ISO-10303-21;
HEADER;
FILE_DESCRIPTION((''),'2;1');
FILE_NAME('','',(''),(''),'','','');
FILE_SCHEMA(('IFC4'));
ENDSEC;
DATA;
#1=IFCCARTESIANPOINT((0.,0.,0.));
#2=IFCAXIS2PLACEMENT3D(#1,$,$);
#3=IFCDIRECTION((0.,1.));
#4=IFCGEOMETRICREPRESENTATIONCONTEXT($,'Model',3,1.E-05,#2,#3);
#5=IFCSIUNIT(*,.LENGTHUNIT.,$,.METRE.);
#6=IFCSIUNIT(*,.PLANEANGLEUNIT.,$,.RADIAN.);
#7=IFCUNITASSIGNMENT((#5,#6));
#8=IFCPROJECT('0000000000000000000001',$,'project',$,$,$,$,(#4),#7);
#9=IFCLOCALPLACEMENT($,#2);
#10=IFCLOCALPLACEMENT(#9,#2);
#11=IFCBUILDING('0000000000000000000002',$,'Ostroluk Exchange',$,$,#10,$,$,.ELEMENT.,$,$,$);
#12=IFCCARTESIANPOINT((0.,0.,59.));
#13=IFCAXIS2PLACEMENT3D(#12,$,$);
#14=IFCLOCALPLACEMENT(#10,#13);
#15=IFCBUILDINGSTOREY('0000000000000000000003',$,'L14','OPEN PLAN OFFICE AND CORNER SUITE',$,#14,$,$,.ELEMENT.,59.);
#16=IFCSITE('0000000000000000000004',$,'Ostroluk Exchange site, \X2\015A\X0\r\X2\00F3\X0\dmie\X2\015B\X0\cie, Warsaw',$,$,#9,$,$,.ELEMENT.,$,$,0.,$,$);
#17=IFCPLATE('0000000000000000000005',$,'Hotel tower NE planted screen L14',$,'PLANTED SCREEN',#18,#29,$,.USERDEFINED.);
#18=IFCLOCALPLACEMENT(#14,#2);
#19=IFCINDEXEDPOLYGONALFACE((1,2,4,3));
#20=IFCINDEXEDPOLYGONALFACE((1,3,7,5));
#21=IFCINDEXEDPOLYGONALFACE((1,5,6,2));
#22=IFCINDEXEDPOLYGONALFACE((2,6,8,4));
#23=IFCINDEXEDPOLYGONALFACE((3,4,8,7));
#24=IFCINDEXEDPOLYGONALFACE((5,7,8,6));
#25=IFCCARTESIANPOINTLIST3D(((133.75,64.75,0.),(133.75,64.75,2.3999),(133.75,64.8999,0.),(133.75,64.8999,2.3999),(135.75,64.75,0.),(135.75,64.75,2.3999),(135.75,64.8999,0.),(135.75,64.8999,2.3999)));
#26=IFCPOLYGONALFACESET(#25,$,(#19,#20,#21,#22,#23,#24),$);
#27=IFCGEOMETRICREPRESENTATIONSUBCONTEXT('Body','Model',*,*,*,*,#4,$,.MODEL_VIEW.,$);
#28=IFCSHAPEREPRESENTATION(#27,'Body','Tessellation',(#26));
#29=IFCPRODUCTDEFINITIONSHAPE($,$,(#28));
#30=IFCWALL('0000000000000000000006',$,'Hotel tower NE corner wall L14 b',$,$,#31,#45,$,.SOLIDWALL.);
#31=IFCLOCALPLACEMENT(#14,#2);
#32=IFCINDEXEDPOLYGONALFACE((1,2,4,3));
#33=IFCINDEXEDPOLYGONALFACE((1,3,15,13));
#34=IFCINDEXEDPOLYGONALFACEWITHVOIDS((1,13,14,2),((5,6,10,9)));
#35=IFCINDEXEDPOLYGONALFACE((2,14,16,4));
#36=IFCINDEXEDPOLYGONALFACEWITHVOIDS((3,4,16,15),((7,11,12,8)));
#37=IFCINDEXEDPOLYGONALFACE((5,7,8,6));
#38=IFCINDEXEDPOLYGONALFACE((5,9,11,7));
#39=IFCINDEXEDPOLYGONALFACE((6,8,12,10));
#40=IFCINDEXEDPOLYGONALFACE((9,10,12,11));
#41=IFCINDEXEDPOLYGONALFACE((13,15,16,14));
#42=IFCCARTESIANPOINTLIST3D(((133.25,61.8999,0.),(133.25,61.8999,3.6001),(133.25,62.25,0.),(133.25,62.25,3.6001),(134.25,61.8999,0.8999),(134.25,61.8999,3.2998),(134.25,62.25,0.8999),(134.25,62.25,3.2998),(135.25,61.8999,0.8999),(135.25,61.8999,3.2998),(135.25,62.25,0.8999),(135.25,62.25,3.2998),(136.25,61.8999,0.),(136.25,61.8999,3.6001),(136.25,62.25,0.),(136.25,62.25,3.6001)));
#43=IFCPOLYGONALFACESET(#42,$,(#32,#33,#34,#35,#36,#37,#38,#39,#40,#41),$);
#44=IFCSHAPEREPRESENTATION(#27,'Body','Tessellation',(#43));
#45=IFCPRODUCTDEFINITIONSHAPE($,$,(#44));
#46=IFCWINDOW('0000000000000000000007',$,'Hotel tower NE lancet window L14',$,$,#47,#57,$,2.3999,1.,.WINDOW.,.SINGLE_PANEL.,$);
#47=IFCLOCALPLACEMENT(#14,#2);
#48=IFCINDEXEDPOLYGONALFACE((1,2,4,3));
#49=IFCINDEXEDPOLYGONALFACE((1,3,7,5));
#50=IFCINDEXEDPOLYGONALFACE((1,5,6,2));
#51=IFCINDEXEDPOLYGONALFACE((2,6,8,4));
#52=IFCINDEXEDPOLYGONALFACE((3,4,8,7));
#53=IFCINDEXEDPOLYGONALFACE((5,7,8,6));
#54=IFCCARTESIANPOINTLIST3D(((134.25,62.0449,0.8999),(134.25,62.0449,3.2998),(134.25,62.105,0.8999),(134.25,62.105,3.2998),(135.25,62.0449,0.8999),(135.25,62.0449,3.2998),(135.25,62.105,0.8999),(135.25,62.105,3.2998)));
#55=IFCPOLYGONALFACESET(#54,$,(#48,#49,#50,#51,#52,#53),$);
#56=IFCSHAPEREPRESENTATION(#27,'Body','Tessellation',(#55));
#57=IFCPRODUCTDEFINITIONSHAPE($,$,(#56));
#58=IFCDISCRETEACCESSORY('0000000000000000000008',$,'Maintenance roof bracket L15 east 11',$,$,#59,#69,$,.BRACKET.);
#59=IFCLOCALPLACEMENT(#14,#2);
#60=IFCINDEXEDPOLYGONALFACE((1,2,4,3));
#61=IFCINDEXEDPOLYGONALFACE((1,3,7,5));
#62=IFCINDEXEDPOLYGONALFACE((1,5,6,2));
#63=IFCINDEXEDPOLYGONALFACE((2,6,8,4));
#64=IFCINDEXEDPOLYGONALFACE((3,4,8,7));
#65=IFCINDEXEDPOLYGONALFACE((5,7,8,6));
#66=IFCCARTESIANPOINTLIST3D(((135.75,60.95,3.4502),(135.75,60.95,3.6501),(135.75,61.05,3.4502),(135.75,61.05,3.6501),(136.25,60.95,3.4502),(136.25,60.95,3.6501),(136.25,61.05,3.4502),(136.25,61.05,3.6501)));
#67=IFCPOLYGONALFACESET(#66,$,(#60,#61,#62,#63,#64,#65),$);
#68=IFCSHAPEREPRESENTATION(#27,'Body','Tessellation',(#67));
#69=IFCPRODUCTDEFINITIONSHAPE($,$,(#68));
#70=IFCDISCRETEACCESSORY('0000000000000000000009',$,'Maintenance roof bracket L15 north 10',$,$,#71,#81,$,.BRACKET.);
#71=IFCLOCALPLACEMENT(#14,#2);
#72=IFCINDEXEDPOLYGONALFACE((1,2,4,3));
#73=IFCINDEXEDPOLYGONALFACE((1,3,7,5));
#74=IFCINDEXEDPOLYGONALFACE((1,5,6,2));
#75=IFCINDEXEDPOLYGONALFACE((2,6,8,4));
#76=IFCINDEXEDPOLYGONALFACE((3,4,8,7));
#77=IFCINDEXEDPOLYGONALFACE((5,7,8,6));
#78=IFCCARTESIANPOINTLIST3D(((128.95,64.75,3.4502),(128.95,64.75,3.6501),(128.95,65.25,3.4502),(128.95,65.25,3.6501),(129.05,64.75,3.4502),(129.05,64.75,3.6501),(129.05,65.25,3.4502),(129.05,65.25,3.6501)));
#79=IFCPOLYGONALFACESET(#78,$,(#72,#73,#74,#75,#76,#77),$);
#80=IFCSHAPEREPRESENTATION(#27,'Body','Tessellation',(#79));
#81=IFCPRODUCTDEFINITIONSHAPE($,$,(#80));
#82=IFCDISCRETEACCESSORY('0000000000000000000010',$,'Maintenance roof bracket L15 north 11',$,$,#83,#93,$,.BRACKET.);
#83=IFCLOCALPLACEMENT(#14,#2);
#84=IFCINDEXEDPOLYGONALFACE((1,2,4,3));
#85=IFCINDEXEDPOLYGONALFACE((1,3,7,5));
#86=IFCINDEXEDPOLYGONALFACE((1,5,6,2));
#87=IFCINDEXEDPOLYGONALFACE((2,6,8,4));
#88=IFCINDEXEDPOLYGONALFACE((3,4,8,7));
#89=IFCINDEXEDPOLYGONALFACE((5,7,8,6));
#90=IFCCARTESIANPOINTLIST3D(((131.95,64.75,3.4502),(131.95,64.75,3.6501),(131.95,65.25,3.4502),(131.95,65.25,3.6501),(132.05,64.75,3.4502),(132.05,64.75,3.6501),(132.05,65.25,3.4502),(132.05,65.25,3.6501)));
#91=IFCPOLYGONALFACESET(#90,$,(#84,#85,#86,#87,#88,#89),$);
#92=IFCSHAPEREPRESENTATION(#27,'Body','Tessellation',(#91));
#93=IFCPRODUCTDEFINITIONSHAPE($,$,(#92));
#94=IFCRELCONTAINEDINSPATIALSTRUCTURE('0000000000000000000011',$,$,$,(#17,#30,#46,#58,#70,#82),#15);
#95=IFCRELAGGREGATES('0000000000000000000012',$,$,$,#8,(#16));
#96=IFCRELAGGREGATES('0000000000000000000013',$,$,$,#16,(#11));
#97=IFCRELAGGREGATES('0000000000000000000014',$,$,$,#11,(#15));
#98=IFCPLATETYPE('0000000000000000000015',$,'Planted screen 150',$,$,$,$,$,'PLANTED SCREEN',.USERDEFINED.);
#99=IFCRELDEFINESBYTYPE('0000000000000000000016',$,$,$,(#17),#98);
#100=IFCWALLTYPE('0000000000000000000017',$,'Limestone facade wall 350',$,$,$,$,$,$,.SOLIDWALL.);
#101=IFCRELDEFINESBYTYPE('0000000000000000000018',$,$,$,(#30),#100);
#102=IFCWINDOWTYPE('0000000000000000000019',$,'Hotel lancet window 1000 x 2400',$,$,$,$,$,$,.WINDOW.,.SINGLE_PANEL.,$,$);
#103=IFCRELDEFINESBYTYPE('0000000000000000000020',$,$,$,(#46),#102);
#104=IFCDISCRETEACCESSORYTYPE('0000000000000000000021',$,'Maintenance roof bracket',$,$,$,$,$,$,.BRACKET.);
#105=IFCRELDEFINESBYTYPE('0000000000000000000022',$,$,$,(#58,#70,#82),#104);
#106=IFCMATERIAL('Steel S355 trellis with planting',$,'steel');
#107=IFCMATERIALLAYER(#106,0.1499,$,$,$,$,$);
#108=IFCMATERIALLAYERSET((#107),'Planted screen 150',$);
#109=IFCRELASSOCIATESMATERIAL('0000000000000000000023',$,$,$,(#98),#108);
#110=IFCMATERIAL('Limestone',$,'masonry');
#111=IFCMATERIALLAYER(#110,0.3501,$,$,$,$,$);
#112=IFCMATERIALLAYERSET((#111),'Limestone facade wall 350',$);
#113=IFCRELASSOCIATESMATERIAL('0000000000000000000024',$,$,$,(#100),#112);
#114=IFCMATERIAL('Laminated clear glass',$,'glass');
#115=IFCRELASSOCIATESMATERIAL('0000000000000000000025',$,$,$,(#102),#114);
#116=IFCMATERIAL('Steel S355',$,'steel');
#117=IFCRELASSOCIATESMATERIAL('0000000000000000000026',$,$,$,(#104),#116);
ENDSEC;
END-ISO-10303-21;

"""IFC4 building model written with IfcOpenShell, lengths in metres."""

from ifc_helpers import new_model, si_unit, direction, frame, frame_2d, origin, origin_2d, place, context, subcontext, project, spatial, rectangle, extrude, material, layer, layer_set, type_object, element, fill, save


model = new_model("IFC4")

# Units and contexts
model_context = context("Model", 3, precision=1e-05, world=origin(), true_north=direction((0.0, 1.0)))
body_context = subcontext(model_context, "Body", "Model", "MODEL_VIEW")
ifc_project = project(units=[si_unit("LENGTHUNIT", "METRE"), si_unit("PLANEANGLEUNIT", "RADIAN")], contexts=[model_context])

# Site, building, storey
site_placement = place(None, origin())
site = spatial("IfcSite", under=ifc_project, at=site_placement, Name="Ostroluk Exchange site, Śródmieście, Warsaw", CompositionType="ELEMENT", RefElevation=0.0)
building_placement = place(site_placement, origin())
building = spatial("IfcBuilding", under=site, at=building_placement, Name="Ostroluk Exchange", CompositionType="ELEMENT")
storey_placement = place(building_placement, frame((0.0, 0.0, 59.0)))
storey = spatial("IfcBuildingStorey", under=building, at=storey_placement, Name="L14", Description="OPEN PLAN OFFICE AND CORNER SUITE", CompositionType="ELEMENT", Elevation=59.0)

# Plate
ifc_material_1 = material(Name="Steel S355 trellis with planting", Category="steel")
ifc_layer_1 = layer(ifc_material_1, 0.1499)
ifc_layer_set_1 = layer_set([ifc_layer_1], Name="Planted screen 150")
plate_type_1 = type_object("IfcPlateType", Name="Planted screen 150", ElementType="PLANTED SCREEN", PredefinedType="USERDEFINED", material=ifc_layer_set_1)
plate_1_placement = place(storey_placement, frame((134.75, 64.825, 0.0), z_axis=(0.0, 0.0, 1.0), x_axis=(1.0, 0.0, 0.0)))
element("IfcPlate", 1, at=plate_1_placement, inside=storey, type_object=plate_type_1, Name="Hotel tower NE planted screen L14", ObjectType="PLANTED SCREEN", PredefinedType="USERDEFINED", context=body_context, shape_type="SweptSolid", body=[
    extrude(rectangle(XDim=2.0, YDim=0.1499, at=origin_2d()), origin(), (0.0, 0.0, 1.0), 2.3999),
])

# Shared definitions
ifc_material_2 = material(Name="Limestone", Category="masonry")
ifc_layer_2 = layer(ifc_material_2, 0.3501)
ifc_layer_set_2 = layer_set([ifc_layer_2], Name="Limestone facade wall 350")
wall_type = type_object("IfcWallType", Name="Limestone facade wall 350", PredefinedType="SOLIDWALL", material=ifc_layer_set_2)

# Wall, opening, window
wall_1_placement = place(storey_placement, frame((133.25, 62.075, 0.0), z_axis=(0.0, 0.0, 1.0), x_axis=(1.0, 0.0, 0.0)))
wall_1 = element("IfcWall", 2, at=wall_1_placement, inside=storey, type_object=wall_type, Name="Hotel tower NE corner wall L14 b", PredefinedType="SOLIDWALL", context=body_context, shape_type="SweptSolid", body=[
    extrude(rectangle(XDim=3.0, YDim=0.3501, at=frame_2d((1.5, 0.0))), origin(), (0.0, 0.0, 1.0), 3.6001),
])
opening_1_placement = place(wall_1_placement, frame((1.0, 0.0, 0.8999)))
opening_1 = element("IfcOpeningElement", 3, at=opening_1_placement, cuts=wall_1, PredefinedType="OPENING", context=body_context, shape_type="SweptSolid", body=[
    extrude(rectangle(XDim=1.0, YDim=2.3999, at=frame_2d((0.5, 1.2))), frame((0.0, 0.1851, 0.0), z_axis=(0.0, -1.0, 0.0), x_axis=(1.0, 0.0, 0.0)), (0.0, 0.0, 1.0), 0.3701),
])
ifc_material_3 = material(Name="Laminated clear glass", Category="glass")
window_type = type_object("IfcWindowType", Name="Hotel lancet window 1000 x 2400", PartitioningType="SINGLE_PANEL", PredefinedType="WINDOW", material=ifc_material_3)
window_placement = place(opening_1_placement, origin())
window = element("IfcWindow", 4, at=window_placement, inside=storey, type_object=window_type, Name="Hotel tower NE lancet window L14", OverallHeight=2.3999, OverallWidth=1.0, PartitioningType="SINGLE_PANEL", PredefinedType="WINDOW", context=body_context, shape_type="SweptSolid", body=[
    extrude(rectangle(XDim=1.0, YDim=2.3999, at=frame_2d((0.5, 1.2))), frame((0.0, 0.03, 0.0), z_axis=(0.0, -1.0, 0.0), x_axis=(1.0, 0.0, 0.0)), (0.0, 0.0, 1.0), 0.0601),
])
fill(opening_1, window)

# Discrete accessories
ifc_material_4 = material(Name="Steel S355", Category="steel")
discrete_accessory_type = type_object("IfcDiscreteAccessoryType", Name="Maintenance roof bracket", PredefinedType="BRACKET", material=ifc_material_4)
discrete_accessory_placement = place(storey_placement, frame((136.0, 61.0, 3.4502), z_axis=(0.0, 0.0, 1.0), x_axis=(1.0, 0.0, 0.0)))
element("IfcDiscreteAccessory", 5, at=discrete_accessory_placement, inside=storey, type_object=discrete_accessory_type, Name="Maintenance roof bracket L15 east 11", PredefinedType="BRACKET", context=body_context, shape_type="SweptSolid", body=[
    extrude(rectangle(XDim=0.5, YDim=0.1001, at=origin_2d()), origin(), (0.0, 0.0, 1.0), 0.2),
])
for number, where, z_axis, x_axis, name in (
    (6, (129.0, 65.0, 3.4502), (0.0, 0.0, 1.0), (1.0, 0.0, 0.0), "Maintenance roof bracket L15 north 10"),
    (7, (132.0, 65.0, 3.4502), (0.0, 0.0, 1.0), (1.0, 0.0, 0.0), "Maintenance roof bracket L15 north 11"),
):
    element("IfcDiscreteAccessory", number, at=place(storey_placement, frame(where, z_axis=z_axis, x_axis=x_axis)), inside=storey, type_object=discrete_accessory_type, Name=name, PredefinedType="BRACKET", context=body_context, shape_type="SweptSolid", body=[
        extrude(rectangle(XDim=0.1001, YDim=0.5, at=origin_2d()), origin(), (0.0, 0.0, 1.0), 0.2),
    ])

save(model, "model.ifc")
